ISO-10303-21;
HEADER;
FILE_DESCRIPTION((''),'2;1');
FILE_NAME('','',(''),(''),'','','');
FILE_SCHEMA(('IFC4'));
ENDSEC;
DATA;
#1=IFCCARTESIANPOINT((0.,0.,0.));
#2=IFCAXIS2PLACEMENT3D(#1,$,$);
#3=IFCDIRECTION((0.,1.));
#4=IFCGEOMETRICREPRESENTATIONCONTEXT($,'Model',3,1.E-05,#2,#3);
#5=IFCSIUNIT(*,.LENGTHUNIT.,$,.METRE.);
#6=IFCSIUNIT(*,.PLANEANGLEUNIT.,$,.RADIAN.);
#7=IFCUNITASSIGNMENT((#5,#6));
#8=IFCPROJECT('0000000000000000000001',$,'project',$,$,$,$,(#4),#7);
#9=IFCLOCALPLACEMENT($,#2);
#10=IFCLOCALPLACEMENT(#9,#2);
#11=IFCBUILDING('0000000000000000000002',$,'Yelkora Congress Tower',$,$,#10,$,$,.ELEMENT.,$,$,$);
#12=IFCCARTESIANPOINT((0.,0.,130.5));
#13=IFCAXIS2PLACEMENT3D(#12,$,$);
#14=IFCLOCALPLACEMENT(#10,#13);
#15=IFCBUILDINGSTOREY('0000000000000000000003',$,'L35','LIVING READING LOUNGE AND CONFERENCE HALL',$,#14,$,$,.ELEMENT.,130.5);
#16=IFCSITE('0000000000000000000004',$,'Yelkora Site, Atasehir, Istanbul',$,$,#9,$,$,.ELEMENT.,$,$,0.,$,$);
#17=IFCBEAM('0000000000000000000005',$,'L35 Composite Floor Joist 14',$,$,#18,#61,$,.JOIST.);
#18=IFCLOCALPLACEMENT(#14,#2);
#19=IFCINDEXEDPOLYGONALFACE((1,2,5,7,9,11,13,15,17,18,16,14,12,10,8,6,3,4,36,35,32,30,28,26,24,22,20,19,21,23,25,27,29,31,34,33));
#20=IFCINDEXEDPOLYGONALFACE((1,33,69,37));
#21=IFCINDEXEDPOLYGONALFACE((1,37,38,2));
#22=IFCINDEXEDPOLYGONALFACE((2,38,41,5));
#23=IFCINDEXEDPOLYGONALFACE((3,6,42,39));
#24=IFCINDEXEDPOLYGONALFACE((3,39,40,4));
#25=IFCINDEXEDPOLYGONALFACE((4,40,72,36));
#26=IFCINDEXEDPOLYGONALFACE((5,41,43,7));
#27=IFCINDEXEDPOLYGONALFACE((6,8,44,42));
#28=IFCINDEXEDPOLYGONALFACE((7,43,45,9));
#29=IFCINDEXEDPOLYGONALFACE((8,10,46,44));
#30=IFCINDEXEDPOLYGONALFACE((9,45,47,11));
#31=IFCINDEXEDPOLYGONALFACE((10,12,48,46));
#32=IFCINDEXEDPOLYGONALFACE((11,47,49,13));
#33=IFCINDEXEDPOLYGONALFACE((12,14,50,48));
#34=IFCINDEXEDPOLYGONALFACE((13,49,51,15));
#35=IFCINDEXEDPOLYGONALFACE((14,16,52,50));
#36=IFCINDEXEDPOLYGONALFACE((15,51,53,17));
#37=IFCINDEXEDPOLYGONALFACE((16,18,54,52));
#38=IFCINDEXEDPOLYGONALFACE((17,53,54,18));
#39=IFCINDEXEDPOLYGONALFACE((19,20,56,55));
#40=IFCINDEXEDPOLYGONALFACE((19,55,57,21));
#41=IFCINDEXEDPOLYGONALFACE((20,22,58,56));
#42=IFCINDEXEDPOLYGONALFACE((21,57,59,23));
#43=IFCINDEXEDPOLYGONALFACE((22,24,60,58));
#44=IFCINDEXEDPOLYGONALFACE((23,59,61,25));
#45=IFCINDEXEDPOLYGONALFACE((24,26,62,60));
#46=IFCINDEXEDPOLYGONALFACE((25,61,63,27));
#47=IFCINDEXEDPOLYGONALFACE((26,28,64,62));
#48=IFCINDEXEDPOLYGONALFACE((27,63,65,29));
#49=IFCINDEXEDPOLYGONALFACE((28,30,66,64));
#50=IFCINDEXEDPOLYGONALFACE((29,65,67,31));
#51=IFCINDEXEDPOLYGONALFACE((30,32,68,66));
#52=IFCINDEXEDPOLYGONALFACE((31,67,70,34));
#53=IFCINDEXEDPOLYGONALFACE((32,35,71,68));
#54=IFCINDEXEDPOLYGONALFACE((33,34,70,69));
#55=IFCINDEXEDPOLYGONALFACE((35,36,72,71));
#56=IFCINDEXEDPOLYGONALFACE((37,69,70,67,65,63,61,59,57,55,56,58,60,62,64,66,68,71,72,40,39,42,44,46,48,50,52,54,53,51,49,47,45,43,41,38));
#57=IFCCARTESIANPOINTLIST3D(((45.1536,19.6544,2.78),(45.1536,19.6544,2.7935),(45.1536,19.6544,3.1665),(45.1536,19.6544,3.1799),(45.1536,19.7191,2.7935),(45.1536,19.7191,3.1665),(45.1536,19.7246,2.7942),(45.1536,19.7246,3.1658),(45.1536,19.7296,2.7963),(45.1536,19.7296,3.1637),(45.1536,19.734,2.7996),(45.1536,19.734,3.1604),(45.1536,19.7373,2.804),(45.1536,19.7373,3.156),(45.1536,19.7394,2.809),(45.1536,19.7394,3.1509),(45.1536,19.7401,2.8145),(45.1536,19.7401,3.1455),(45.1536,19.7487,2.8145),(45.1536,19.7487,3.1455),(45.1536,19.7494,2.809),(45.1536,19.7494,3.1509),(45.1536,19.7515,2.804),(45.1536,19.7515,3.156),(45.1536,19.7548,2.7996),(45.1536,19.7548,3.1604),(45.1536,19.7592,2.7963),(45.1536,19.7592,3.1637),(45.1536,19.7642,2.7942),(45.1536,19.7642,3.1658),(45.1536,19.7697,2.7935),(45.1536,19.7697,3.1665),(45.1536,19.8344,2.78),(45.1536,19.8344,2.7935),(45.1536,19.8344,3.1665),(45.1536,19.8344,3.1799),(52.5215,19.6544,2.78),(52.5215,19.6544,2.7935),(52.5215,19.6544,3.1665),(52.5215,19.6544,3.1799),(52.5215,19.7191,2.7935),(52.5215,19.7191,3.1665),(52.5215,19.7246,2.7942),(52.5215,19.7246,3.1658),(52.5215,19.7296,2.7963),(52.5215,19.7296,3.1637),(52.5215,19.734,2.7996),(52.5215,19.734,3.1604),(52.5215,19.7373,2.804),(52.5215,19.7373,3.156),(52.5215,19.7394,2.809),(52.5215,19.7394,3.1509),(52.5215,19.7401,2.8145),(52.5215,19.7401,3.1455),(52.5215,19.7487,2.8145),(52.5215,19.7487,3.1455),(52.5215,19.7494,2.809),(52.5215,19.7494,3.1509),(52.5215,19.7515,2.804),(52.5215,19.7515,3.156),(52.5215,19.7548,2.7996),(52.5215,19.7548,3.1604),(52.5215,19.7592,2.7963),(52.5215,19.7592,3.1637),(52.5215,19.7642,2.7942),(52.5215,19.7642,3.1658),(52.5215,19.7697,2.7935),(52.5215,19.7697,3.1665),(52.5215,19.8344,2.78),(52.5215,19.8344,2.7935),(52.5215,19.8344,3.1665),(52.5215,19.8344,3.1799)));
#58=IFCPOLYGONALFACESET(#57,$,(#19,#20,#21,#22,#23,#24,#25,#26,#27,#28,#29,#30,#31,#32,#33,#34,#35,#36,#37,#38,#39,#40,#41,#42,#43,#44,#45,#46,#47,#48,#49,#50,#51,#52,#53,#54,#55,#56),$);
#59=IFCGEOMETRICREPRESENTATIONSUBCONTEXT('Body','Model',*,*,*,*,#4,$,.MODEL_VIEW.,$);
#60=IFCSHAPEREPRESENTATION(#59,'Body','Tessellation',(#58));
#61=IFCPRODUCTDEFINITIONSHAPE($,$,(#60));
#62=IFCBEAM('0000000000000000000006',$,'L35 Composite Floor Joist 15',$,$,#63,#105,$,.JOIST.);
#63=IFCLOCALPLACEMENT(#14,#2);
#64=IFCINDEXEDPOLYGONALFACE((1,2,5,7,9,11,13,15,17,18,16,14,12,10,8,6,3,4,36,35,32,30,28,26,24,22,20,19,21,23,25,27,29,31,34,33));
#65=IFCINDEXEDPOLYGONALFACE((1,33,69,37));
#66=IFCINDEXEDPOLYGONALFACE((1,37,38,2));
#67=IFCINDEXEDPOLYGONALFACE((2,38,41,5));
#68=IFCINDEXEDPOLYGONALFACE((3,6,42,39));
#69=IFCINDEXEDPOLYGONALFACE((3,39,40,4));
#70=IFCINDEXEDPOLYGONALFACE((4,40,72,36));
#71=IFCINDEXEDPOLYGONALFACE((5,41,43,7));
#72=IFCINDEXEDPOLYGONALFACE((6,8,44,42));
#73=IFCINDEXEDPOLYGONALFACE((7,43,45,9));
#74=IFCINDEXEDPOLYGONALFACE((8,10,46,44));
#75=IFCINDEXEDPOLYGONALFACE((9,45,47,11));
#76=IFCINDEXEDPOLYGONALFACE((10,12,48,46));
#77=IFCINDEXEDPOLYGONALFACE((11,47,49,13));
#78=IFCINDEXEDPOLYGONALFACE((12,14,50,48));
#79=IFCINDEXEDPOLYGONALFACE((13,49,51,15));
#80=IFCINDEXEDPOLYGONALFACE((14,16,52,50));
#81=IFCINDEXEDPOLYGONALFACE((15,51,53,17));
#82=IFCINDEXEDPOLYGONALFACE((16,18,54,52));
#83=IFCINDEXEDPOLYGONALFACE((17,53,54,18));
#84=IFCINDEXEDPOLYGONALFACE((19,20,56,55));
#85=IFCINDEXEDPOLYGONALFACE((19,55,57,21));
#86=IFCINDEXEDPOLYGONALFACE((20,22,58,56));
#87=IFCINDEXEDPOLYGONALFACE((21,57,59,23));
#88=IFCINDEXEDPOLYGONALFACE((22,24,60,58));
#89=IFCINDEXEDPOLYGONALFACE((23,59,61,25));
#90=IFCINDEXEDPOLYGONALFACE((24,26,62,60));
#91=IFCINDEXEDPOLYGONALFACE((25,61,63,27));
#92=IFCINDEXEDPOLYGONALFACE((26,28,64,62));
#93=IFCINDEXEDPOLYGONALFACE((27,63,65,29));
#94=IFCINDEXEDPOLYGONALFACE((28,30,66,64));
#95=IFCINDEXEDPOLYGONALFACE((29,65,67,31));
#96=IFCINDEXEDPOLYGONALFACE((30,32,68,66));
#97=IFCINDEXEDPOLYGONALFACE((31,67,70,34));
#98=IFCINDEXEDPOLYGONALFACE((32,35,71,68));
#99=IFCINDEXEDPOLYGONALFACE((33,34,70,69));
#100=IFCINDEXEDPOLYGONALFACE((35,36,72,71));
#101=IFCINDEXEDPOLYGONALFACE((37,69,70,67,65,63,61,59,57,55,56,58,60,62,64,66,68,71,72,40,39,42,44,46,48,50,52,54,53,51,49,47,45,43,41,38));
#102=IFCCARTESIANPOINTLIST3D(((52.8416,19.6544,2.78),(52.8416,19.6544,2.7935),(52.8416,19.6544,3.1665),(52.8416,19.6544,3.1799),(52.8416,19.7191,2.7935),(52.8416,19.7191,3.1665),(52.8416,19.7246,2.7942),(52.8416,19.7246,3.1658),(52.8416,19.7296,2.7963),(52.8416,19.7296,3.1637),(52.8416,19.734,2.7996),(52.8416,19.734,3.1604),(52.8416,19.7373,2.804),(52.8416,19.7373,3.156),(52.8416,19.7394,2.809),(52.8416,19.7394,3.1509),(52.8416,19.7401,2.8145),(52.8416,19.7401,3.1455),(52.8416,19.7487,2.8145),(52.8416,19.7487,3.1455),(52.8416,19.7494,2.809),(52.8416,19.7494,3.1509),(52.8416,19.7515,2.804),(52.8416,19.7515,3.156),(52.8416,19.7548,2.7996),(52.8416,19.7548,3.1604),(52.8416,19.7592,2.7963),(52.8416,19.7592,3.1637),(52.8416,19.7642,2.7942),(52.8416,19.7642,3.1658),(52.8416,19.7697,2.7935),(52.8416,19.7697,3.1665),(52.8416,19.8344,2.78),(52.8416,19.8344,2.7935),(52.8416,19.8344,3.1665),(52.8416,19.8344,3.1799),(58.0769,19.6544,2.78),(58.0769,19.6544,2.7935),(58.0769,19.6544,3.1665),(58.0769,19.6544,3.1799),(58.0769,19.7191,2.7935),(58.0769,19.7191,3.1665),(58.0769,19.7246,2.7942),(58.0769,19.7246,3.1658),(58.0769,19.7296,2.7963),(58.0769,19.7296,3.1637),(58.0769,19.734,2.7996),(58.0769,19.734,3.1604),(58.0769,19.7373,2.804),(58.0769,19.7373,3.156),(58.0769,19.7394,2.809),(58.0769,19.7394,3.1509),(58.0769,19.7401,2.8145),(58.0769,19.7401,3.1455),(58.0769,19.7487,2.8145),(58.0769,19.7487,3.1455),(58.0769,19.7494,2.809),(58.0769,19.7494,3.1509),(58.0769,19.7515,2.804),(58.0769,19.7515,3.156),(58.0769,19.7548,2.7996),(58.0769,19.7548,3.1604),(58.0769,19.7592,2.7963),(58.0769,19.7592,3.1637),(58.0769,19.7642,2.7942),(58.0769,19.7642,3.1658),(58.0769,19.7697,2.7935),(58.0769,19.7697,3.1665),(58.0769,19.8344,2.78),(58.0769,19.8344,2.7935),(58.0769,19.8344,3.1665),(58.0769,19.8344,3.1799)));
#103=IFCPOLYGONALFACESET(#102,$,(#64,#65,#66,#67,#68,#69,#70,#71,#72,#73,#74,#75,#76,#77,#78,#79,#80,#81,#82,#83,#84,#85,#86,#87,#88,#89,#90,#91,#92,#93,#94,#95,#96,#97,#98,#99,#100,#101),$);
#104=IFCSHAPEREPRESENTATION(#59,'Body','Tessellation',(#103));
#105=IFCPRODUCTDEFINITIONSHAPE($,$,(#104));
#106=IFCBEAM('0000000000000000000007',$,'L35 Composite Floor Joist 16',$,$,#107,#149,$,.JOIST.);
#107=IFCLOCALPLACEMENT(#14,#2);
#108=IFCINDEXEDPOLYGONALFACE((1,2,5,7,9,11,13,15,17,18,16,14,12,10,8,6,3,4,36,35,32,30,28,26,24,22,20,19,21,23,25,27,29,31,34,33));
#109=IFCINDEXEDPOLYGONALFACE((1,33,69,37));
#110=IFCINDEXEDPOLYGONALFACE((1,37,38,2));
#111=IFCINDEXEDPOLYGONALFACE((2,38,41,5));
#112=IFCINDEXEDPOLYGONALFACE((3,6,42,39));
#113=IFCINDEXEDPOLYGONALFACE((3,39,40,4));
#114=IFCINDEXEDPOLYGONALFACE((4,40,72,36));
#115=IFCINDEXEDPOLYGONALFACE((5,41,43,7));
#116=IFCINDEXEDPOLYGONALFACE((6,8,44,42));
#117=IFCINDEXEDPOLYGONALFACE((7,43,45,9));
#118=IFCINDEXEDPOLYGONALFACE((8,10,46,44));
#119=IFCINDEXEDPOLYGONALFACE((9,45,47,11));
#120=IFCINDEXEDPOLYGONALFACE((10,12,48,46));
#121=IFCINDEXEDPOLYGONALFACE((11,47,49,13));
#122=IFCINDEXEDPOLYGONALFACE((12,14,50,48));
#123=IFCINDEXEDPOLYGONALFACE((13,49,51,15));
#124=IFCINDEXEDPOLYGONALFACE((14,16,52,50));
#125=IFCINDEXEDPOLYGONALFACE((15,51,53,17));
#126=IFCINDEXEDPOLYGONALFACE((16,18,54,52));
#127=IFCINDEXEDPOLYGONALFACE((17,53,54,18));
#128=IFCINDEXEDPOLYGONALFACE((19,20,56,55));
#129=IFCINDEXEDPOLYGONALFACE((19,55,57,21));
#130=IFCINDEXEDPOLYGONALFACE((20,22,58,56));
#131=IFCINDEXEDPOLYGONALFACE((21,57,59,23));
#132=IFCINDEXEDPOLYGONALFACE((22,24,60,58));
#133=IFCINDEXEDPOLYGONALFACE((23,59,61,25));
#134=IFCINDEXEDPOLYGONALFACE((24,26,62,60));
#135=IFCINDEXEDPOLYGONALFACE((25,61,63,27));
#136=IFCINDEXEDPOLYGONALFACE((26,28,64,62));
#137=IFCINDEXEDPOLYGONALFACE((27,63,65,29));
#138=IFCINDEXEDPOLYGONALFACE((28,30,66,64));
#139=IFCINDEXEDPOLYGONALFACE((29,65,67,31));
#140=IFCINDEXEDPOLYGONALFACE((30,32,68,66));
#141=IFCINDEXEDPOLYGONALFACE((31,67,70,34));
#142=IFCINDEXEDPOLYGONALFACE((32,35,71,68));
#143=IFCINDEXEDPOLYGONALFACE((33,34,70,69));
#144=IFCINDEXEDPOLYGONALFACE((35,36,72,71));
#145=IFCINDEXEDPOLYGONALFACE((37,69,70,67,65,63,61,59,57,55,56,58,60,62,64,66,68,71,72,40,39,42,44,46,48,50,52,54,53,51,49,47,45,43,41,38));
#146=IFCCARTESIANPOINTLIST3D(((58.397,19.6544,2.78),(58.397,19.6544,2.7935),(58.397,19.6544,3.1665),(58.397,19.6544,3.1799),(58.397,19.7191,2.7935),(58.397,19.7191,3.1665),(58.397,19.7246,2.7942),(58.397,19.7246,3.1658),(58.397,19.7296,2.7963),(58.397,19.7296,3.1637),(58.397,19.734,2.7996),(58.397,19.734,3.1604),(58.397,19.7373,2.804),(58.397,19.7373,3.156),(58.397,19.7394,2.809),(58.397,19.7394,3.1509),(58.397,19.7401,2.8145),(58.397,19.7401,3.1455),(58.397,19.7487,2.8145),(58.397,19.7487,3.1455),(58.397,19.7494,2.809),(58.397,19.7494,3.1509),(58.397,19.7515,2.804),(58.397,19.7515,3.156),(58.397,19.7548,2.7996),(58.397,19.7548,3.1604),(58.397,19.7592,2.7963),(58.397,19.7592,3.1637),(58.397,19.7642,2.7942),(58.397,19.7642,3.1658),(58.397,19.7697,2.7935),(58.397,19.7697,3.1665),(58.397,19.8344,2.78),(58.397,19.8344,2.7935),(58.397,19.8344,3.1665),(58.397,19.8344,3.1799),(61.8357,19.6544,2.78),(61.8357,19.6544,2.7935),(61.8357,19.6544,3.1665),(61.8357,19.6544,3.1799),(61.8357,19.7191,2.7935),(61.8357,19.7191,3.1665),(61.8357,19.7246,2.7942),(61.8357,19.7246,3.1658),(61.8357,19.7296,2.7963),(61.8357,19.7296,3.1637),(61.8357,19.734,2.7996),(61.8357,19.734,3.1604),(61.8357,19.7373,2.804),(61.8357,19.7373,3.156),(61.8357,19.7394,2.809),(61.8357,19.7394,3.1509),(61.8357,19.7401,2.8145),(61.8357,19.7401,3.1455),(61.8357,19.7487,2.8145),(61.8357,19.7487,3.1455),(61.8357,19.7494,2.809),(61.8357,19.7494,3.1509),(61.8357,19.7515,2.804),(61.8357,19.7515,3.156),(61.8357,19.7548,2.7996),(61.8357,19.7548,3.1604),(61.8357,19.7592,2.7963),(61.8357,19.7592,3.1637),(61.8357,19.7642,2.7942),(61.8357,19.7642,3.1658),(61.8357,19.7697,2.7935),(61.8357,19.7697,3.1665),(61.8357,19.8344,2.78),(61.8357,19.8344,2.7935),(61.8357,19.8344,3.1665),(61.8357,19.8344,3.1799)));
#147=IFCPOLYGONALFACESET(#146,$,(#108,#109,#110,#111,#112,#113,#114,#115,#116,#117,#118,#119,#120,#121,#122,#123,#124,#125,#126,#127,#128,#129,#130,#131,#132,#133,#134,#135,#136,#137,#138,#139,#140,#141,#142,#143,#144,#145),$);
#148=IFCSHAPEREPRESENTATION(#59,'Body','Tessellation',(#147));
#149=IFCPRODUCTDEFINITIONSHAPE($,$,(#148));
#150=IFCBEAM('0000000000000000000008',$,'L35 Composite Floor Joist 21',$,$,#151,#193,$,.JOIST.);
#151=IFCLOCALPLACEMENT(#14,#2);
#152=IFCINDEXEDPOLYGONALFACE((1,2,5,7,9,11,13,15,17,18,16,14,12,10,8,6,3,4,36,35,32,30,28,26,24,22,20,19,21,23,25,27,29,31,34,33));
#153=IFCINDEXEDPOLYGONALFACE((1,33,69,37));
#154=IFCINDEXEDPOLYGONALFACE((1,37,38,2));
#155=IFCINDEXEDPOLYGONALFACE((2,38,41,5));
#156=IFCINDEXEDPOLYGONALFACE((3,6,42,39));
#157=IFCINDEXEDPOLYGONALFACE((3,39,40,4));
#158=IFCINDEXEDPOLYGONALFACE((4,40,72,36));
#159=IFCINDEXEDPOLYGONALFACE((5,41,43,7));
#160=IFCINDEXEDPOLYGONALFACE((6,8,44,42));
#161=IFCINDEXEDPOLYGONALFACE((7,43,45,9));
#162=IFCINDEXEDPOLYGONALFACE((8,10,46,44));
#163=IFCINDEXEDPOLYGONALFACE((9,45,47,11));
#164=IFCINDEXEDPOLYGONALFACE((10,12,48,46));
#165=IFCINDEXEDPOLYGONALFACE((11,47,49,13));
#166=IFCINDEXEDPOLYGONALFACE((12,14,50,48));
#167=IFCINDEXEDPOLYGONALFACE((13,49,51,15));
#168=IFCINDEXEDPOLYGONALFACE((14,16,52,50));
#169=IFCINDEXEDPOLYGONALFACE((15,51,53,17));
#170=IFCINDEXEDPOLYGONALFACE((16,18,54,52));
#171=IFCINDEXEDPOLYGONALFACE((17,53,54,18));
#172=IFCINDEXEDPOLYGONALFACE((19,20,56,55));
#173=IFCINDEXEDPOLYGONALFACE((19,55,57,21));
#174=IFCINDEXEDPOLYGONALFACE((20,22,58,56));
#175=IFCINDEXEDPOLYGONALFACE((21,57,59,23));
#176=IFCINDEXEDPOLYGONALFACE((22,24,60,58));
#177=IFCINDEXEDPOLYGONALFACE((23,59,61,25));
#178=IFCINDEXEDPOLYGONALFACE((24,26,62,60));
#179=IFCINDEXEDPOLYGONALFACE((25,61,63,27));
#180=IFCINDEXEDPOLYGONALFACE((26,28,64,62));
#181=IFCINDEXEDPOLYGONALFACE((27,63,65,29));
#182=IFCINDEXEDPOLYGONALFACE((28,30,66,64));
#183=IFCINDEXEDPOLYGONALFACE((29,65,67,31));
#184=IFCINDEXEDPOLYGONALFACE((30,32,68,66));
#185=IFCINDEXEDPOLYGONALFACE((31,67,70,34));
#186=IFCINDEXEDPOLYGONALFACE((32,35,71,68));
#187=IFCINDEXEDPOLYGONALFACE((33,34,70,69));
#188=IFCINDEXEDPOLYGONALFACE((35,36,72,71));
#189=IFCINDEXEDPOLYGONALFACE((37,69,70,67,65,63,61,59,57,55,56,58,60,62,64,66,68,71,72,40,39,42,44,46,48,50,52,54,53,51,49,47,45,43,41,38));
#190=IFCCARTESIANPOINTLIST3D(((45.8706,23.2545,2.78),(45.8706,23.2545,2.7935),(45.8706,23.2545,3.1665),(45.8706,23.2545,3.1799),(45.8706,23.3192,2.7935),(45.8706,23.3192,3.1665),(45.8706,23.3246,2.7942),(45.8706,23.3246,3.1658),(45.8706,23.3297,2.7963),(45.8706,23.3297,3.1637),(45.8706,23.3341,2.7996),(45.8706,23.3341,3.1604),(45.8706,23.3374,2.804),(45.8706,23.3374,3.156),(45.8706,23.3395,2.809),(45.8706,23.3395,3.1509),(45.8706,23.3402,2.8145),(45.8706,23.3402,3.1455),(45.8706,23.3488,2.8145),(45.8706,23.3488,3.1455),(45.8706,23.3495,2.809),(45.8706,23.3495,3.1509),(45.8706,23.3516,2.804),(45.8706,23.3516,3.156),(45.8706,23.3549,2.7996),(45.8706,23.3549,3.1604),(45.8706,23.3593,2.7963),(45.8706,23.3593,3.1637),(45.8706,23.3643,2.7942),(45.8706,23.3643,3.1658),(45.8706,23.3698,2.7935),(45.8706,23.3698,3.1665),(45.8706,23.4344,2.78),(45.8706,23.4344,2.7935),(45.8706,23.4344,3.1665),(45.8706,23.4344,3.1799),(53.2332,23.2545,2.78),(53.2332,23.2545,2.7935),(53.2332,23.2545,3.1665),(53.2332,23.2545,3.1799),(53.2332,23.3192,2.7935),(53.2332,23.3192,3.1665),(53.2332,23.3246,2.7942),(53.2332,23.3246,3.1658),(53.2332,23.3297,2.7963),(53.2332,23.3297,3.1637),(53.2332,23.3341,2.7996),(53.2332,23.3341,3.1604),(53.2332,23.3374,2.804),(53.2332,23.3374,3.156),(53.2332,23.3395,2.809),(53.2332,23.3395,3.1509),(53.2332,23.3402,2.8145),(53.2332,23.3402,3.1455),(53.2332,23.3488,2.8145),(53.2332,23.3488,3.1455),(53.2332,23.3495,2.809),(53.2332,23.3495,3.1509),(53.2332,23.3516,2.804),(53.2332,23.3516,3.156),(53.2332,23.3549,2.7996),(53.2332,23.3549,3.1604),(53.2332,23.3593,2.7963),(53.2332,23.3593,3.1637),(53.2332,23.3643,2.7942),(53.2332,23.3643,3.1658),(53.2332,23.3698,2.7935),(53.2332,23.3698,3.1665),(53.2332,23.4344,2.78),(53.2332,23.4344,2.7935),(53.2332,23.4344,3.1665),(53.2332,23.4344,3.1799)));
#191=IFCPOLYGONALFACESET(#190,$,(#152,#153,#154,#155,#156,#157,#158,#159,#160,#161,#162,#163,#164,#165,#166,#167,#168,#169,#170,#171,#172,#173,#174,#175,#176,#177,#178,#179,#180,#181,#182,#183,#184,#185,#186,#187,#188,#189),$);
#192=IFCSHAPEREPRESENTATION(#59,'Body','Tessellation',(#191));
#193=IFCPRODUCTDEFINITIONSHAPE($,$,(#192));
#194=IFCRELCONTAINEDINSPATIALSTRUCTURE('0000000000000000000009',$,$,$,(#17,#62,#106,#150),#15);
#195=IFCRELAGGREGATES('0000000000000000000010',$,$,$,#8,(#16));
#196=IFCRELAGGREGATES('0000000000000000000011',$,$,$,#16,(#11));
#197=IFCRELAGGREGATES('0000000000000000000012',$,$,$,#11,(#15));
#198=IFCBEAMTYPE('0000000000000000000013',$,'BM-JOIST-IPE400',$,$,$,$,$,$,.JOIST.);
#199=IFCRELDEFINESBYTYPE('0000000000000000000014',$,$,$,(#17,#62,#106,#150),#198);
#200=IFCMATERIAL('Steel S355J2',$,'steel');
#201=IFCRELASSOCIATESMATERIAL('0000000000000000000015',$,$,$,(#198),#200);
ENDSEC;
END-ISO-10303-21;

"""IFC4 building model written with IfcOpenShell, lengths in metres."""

from ifc_helpers import new_model, si_unit, direction, frame, origin, origin_2d, place, context, subcontext, project, spatial, i_section, extrude, material, material_profile, profile_set, type_object, element, save


model = new_model("IFC4")

# Units and contexts
model_context = context("Model", 3, precision=1e-05, world=origin(), true_north=direction((0.0, 1.0)))
body_context = subcontext(model_context, "Body", "Model", "MODEL_VIEW")
ifc_project = project(units=[si_unit("LENGTHUNIT", "METRE"), si_unit("PLANEANGLEUNIT", "RADIAN")], contexts=[model_context])

# Site, building, storey
site_placement = place(None, origin())
site = spatial("IfcSite", under=ifc_project, at=site_placement, Name="Yelkora Site, Atasehir, Istanbul", CompositionType="ELEMENT", RefElevation=0.0)
building_placement = place(site_placement, origin())
building = spatial("IfcBuilding", under=site, at=building_placement, Name="Yelkora Congress Tower", CompositionType="ELEMENT")
storey_placement = place(building_placement, frame((0.0, 0.0, 130.5)))
storey = spatial("IfcBuildingStorey", under=building, at=storey_placement, Name="L35", Description="LIVING READING LOUNGE AND CONFERENCE HALL", CompositionType="ELEMENT", Elevation=130.5)

# Beams
ifc_material_1 = material(Name="Steel S355J2", Category="steel")
ifc_material_profile_1 = material_profile(ifc_material_1, i_section(OverallWidth=0.1799, OverallDepth=0.3999, WebThickness=0.0085, FlangeThickness=0.0134, FilletRadius=0.021, at=origin_2d()), Name="IPE 400")
ifc_profile_set_1 = profile_set([ifc_material_profile_1], Name="Steel S355J2")
beam_type_1 = type_object("IfcBeamType", Name="BM-JOIST-IPE400", PredefinedType="JOIST", material=ifc_profile_set_1)
beam_1_placement = place(storey_placement, frame((45.1536, 19.7444, 2.98), z_axis=(1.0, 0.0, 0.0), x_axis=(0.0, 1.0, 0.0)))
element("IfcBeam", 1, at=beam_1_placement, inside=storey, type_object=beam_type_1, Name="L35 Composite Floor Joist 14", PredefinedType="JOIST", context=body_context, shape_type="SweptSolid", body=[
    extrude(i_section(OverallWidth=0.1799, OverallDepth=0.3999, WebThickness=0.0085, FlangeThickness=0.0134, FilletRadius=0.021, at=origin_2d()), origin(), (0.0, 0.0, 1.0), 7.3679),
])
beam_2_placement = place(storey_placement, frame((52.8416, 19.7444, 2.98), z_axis=(1.0, 0.0, 0.0), x_axis=(0.0, 1.0, 0.0)))
element("IfcBeam", 2, at=beam_2_placement, inside=storey, type_object=beam_type_1, Name="L35 Composite Floor Joist 15", PredefinedType="JOIST", context=body_context, shape_type="SweptSolid", body=[
    extrude(i_section(OverallWidth=0.1799, OverallDepth=0.3999, WebThickness=0.0085, FlangeThickness=0.0134, FilletRadius=0.021, at=origin_2d()), origin(), (0.0, 0.0, 1.0), 5.2354),
])
beam_3_placement = place(storey_placement, frame((58.397, 19.7444, 2.98), z_axis=(1.0, 0.0, 0.0), x_axis=(0.0, 1.0, 0.0)))
element("IfcBeam", 3, at=beam_3_placement, inside=storey, type_object=beam_type_1, Name="L35 Composite Floor Joist 16", PredefinedType="JOIST", context=body_context, shape_type="SweptSolid", body=[
    extrude(i_section(OverallWidth=0.1799, OverallDepth=0.3999, WebThickness=0.0085, FlangeThickness=0.0134, FilletRadius=0.021, at=origin_2d()), origin(), (0.0, 0.0, 1.0), 3.4387),
])
beam_4_placement = place(storey_placement, frame((45.8706, 23.3445, 2.98), z_axis=(1.0, 0.0, 0.0), x_axis=(0.0, 1.0, 0.0)))
element("IfcBeam", 4, at=beam_4_placement, inside=storey, type_object=beam_type_1, Name="L35 Composite Floor Joist 21", PredefinedType="JOIST", context=body_context, shape_type="SweptSolid", body=[
    extrude(i_section(OverallWidth=0.1799, OverallDepth=0.3999, WebThickness=0.0085, FlangeThickness=0.0134, FilletRadius=0.021, at=origin_2d()), origin(), (0.0, 0.0, 1.0), 7.3625),
])

save(model, "model.ifc")
